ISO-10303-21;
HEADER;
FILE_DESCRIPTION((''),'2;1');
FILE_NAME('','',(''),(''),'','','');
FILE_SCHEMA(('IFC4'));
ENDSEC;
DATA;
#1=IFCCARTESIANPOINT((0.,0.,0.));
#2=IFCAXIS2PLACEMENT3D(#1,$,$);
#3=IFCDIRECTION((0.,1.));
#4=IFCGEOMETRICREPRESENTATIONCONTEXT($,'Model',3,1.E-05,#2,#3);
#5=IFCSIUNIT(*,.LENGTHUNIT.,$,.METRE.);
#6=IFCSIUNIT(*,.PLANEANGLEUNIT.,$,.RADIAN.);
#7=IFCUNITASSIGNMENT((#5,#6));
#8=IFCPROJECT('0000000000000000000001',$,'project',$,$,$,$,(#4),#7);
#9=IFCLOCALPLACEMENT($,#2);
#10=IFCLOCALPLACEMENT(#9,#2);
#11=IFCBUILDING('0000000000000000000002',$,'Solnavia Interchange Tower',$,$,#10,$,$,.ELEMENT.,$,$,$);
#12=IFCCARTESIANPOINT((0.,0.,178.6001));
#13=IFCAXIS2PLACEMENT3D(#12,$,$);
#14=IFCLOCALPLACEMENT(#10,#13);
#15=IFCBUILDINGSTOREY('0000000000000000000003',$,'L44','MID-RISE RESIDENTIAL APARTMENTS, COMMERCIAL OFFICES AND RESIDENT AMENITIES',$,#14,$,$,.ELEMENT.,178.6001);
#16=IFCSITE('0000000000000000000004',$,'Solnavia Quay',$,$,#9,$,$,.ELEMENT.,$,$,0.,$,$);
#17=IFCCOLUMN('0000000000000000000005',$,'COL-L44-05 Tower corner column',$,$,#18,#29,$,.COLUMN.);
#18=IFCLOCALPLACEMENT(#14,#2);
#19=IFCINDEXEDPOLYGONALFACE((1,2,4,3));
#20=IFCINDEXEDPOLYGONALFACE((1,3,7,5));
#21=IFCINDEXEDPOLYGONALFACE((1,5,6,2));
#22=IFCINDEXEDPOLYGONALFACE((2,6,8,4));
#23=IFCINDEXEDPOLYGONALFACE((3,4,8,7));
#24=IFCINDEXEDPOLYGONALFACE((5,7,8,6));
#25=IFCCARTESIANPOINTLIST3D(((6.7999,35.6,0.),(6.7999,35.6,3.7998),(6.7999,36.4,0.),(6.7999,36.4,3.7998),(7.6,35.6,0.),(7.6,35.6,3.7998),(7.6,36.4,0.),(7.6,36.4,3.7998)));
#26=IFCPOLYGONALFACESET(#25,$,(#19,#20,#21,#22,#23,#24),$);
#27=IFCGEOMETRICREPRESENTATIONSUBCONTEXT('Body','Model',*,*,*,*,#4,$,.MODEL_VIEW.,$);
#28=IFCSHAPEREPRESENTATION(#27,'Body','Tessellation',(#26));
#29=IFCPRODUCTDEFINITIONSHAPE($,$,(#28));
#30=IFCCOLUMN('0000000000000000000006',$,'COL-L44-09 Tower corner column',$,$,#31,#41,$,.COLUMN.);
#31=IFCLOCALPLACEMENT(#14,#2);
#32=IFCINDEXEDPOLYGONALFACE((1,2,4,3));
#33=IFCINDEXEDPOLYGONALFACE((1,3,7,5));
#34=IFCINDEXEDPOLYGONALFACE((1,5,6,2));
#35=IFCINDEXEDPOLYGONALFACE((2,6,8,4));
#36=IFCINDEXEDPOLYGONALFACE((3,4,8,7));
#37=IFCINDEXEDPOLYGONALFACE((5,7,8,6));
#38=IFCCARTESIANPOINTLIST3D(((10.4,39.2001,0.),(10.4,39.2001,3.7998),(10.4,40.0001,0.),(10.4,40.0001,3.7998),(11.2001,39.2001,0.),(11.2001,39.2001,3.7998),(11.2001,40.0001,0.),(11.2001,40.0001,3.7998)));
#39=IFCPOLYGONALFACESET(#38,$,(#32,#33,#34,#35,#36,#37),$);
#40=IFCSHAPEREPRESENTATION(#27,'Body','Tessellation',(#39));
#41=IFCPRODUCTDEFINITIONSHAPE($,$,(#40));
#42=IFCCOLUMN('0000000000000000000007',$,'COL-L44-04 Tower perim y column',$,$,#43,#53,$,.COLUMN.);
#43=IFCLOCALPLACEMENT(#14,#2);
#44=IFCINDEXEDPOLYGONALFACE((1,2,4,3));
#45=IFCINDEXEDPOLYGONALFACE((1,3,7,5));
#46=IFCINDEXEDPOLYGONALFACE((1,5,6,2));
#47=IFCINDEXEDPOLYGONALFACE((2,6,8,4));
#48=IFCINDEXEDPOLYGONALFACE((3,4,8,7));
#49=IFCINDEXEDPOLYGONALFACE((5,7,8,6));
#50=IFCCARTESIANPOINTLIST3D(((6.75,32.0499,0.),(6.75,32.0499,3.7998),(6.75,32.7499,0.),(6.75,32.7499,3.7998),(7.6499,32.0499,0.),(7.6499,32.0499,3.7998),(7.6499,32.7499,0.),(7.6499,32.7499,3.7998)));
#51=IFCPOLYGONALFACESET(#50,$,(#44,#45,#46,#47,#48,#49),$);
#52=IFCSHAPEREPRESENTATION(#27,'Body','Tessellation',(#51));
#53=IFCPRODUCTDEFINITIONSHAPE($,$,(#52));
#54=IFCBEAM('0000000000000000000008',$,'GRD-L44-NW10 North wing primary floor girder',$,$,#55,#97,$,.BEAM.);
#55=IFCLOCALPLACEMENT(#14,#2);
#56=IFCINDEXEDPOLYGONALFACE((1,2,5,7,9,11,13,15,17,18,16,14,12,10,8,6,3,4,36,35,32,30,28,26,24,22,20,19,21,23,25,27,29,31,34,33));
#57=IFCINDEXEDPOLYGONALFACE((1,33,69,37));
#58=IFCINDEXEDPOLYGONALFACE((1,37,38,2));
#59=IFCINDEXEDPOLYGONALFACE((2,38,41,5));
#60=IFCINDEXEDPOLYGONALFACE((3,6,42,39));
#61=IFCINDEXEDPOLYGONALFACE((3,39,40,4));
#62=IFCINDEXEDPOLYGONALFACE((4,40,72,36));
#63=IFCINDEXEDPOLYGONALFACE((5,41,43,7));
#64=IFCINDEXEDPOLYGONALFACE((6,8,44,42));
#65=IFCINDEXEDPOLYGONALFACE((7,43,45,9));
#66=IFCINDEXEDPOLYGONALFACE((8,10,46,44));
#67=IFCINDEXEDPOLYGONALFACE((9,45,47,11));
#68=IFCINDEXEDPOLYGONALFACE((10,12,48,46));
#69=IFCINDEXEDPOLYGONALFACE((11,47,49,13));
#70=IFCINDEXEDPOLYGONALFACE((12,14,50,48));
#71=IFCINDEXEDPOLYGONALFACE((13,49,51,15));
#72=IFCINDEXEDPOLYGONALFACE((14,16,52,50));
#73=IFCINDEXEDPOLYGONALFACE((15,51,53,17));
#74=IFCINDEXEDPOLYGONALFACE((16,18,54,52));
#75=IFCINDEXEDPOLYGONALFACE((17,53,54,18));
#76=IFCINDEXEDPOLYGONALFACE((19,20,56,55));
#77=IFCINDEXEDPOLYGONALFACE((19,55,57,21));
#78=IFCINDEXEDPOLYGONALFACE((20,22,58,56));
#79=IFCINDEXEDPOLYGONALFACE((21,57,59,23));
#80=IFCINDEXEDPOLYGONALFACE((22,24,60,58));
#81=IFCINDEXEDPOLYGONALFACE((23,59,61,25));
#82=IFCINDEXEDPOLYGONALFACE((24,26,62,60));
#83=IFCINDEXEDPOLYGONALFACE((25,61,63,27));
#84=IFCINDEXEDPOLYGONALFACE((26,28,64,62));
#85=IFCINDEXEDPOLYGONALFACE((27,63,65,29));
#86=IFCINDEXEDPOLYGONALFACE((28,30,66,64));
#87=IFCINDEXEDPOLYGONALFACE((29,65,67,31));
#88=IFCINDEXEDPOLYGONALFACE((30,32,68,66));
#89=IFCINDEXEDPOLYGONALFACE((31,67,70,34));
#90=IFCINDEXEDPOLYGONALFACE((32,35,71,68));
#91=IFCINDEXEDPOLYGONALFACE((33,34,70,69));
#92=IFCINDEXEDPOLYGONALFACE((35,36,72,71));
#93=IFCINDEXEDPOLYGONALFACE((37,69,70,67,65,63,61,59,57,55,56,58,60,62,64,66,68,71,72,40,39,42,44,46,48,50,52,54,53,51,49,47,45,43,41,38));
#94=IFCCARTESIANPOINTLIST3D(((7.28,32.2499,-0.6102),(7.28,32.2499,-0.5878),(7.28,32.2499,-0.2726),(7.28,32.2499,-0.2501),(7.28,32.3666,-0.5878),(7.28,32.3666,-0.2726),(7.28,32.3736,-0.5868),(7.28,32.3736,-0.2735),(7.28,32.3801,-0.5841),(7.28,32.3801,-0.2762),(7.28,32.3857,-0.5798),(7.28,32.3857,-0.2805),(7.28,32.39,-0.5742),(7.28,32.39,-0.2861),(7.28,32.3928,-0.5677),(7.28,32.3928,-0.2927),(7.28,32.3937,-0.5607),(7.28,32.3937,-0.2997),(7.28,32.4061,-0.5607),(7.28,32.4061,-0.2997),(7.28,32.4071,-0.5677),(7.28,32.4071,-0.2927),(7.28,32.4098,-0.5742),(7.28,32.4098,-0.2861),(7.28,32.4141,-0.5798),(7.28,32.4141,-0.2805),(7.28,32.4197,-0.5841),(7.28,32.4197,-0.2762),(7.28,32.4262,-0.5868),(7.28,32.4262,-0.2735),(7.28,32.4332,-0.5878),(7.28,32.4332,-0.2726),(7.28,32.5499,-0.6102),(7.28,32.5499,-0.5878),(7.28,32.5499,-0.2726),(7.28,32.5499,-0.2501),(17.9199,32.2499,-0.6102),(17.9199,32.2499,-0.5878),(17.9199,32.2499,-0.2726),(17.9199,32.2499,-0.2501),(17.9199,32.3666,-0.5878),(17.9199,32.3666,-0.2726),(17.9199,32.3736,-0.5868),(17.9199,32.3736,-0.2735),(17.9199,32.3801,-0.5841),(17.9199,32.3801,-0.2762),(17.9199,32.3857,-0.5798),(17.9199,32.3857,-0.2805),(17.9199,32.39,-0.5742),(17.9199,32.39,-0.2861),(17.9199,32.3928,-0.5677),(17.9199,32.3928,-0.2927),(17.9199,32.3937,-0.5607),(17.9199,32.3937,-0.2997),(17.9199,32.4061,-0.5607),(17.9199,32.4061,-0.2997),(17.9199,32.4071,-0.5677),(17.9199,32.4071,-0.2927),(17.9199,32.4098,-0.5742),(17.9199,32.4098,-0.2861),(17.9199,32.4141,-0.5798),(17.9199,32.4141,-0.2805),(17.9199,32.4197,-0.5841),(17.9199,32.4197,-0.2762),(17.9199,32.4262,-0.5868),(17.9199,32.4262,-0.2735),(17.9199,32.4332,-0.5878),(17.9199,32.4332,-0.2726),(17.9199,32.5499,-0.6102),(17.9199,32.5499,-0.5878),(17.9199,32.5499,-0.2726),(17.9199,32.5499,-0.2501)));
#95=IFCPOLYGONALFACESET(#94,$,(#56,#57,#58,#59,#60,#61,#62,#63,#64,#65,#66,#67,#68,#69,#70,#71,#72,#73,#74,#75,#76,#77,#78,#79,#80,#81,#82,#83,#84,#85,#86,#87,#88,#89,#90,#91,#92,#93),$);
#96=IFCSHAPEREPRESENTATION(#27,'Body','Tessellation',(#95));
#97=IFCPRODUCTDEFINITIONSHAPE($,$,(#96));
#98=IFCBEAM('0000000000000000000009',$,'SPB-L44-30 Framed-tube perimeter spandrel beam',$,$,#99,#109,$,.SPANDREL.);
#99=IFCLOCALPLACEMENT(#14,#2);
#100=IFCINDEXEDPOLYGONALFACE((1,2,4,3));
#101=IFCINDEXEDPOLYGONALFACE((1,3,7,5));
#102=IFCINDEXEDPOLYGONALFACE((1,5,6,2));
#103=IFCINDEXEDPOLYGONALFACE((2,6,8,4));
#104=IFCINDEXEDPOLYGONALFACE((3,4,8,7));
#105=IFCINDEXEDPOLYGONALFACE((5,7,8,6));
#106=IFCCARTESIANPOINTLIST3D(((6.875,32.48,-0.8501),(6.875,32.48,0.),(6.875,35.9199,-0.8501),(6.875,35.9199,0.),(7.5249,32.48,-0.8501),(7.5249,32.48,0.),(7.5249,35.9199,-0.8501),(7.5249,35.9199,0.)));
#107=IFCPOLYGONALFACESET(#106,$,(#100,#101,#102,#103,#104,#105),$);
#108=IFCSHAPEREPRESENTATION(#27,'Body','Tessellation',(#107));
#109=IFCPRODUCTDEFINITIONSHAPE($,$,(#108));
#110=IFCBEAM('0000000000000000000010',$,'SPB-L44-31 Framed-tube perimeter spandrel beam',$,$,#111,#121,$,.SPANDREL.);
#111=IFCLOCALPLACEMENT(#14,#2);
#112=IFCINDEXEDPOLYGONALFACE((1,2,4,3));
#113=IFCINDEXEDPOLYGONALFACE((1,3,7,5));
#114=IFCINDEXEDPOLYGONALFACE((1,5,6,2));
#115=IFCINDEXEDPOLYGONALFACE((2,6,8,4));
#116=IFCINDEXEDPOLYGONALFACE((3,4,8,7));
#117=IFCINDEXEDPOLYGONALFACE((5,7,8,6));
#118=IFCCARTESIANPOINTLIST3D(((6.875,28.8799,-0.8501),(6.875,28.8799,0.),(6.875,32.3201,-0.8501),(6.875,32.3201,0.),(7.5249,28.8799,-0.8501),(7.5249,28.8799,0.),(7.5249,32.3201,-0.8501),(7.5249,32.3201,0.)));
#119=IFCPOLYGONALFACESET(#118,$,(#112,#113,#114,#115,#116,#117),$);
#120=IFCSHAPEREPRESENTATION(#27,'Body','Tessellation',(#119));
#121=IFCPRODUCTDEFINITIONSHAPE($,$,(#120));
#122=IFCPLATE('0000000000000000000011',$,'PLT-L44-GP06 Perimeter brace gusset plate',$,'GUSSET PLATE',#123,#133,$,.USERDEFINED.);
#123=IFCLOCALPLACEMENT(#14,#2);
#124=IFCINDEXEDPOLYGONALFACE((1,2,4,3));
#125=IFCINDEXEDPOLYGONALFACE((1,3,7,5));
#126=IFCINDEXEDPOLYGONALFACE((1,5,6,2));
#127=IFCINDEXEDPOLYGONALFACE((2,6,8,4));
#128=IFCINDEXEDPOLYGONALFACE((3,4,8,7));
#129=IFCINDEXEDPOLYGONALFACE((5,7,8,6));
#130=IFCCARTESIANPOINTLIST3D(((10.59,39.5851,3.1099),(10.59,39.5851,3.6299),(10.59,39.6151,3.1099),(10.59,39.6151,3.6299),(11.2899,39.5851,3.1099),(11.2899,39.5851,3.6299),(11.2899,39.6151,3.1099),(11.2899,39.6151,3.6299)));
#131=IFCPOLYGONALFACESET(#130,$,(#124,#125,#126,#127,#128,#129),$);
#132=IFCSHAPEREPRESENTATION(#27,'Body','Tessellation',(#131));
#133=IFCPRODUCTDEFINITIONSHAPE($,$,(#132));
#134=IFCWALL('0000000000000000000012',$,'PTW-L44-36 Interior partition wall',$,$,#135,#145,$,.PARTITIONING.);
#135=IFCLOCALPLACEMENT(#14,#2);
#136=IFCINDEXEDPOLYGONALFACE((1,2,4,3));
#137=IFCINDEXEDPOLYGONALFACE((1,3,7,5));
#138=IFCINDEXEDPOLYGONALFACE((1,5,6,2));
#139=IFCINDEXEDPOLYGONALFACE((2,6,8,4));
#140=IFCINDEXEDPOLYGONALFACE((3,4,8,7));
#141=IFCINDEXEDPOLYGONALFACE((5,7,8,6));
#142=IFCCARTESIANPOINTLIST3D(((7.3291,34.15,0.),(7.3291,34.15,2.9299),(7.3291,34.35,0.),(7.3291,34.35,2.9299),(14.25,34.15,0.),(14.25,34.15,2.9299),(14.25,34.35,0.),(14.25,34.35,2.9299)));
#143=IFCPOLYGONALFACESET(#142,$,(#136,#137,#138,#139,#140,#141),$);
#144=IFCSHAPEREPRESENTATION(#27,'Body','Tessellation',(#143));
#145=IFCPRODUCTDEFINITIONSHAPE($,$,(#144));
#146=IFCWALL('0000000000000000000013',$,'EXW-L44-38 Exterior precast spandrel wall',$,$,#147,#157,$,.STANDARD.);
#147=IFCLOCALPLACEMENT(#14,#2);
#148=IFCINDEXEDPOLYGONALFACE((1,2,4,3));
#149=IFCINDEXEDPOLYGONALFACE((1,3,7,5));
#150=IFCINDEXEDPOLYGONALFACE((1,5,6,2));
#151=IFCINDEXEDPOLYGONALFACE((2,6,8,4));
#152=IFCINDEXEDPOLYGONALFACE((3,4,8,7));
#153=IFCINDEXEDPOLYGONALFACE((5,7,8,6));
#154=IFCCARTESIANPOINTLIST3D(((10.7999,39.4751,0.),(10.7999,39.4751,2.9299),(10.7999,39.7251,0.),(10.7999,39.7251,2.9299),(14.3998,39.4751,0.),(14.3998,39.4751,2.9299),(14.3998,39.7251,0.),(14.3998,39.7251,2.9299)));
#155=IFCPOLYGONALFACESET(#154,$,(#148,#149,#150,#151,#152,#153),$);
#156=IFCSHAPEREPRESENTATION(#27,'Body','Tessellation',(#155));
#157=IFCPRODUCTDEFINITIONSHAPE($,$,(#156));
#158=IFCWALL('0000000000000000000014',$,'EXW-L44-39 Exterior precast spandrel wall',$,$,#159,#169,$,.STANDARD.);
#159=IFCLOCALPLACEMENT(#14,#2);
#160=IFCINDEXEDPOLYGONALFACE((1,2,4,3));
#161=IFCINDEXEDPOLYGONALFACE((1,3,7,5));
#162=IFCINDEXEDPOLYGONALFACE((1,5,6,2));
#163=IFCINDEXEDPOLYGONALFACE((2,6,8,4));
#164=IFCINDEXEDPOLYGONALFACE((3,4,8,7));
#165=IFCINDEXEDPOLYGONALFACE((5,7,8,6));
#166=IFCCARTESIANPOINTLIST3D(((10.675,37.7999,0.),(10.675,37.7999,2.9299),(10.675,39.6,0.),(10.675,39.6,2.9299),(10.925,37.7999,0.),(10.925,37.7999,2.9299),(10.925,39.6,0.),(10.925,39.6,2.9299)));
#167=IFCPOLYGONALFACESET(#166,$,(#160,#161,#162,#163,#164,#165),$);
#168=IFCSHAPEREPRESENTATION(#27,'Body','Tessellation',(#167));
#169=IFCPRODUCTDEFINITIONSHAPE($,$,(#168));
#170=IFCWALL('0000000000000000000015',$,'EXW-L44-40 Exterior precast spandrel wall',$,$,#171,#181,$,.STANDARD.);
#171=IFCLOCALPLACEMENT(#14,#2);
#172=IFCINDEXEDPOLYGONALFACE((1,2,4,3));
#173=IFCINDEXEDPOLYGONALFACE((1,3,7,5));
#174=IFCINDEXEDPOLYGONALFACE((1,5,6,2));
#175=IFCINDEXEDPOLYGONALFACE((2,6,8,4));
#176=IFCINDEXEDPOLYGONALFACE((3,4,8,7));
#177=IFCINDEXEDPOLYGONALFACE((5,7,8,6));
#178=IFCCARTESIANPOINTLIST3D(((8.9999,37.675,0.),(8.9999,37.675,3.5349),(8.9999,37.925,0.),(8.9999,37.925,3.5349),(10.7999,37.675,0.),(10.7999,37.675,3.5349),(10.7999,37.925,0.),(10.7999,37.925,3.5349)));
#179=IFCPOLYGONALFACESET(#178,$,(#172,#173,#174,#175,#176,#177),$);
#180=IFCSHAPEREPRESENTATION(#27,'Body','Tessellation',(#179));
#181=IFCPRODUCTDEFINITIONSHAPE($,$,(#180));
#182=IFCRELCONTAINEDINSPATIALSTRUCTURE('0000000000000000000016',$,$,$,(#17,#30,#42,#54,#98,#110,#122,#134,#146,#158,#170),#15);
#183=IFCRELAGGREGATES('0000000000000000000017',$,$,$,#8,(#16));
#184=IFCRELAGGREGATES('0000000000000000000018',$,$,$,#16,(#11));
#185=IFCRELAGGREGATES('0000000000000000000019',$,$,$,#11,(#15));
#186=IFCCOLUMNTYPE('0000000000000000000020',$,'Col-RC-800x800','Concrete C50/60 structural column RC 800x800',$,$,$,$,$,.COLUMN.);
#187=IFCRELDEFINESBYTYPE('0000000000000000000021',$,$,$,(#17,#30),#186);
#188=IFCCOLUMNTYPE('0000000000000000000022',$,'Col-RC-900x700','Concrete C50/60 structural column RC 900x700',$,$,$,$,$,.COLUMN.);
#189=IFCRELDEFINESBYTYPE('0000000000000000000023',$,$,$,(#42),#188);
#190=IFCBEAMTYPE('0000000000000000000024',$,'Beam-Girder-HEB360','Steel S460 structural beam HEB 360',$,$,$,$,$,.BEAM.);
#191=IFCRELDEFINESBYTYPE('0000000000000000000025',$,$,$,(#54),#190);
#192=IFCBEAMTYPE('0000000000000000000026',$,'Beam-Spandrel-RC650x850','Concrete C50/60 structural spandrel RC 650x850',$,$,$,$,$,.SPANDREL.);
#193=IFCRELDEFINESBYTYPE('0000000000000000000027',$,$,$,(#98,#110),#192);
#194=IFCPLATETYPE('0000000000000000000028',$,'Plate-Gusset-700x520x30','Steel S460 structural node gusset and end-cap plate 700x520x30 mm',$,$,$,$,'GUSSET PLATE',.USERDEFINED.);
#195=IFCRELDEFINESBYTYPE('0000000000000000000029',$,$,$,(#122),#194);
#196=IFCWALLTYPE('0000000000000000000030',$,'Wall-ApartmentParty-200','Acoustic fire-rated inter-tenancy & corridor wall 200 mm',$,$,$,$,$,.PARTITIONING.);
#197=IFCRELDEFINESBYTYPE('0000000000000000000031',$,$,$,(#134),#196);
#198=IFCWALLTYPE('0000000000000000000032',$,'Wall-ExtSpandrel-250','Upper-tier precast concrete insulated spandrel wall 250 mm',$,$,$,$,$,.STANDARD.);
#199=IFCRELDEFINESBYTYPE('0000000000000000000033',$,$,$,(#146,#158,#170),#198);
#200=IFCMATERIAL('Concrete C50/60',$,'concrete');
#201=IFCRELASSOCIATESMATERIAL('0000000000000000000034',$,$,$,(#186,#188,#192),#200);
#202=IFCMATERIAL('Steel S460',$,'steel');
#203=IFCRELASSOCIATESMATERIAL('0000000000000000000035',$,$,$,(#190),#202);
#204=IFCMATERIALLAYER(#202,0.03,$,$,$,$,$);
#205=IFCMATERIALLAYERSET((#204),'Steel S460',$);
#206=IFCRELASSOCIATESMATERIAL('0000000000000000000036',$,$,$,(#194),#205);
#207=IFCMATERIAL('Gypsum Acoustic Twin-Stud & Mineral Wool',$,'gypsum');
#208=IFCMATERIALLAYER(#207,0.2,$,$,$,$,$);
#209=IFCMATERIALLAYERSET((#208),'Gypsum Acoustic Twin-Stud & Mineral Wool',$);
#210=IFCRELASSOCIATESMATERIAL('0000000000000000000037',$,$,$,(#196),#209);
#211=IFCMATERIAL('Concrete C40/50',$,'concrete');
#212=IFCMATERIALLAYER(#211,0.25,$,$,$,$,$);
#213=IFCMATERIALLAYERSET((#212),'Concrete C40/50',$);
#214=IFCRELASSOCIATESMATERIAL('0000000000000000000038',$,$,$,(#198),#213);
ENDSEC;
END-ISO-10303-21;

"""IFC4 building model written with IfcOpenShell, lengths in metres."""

from ifc_helpers import new_model, si_unit, direction, frame, frame_2d, origin, origin_2d, place, context, subcontext, project, spatial, rectangle, i_section, extrude, material, layer, layer_set, material_profile, profile_set, type_object, element, save


model = new_model("IFC4")

# Units and contexts
model_context = context("Model", 3, precision=1e-05, world=origin(), true_north=direction((0.0, 1.0)))
body_context = subcontext(model_context, "Body", "Model", "MODEL_VIEW")
ifc_project = project(units=[si_unit("LENGTHUNIT", "METRE"), si_unit("PLANEANGLEUNIT", "RADIAN")], contexts=[model_context])

# Site, building, storey
site_placement = place(None, origin())
site = spatial("IfcSite", under=ifc_project, at=site_placement, Name="Solnavia Quay", CompositionType="ELEMENT", RefElevation=0.0)
building_placement = place(site_placement, origin())
building = spatial("IfcBuilding", under=site, at=building_placement, Name="Solnavia Interchange Tower", CompositionType="ELEMENT")
storey_placement = place(building_placement, frame((0.0, 0.0, 178.6001)))
storey = spatial("IfcBuildingStorey", under=building, at=storey_placement, Name="L44", Description="MID-RISE RESIDENTIAL APARTMENTS, COMMERCIAL OFFICES AND RESIDENT AMENITIES", CompositionType="ELEMENT", Elevation=178.6001)

# Columns
ifc_material_1 = material(Name="Concrete C50/60", Category="concrete")
ifc_material_profile_1 = material_profile(ifc_material_1, rectangle(XDim=0.8, YDim=0.8, at=origin_2d()), Name="RC 800x800")
ifc_profile_set_1 = profile_set([ifc_material_profile_1], Name="Concrete C50/60")
column_type_1 = type_object("IfcColumnType", Name="Col-RC-800x800", Description="Concrete C50/60 structural column RC 800x800", PredefinedType="COLUMN", material=ifc_profile_set_1)
for number, where, z_axis, x_axis, name in (
    (1, (7.2, 36.0, 0.0), (0.0, 0.0, 1.0), (0.0, 1.0, 0.0), "COL-L44-05 Tower corner column"),
    (2, (10.8, 39.6001, 0.0), (0.0, 0.0, 1.0), (1.0, 0.0, 0.0), "COL-L44-09 Tower corner column"),
):
    element("IfcColumn", number, at=place(storey_placement, frame(where, z_axis=z_axis, x_axis=x_axis)), inside=storey, type_object=column_type_1, Name=name, PredefinedType="COLUMN", context=body_context, shape_type="SweptSolid", body=[
        extrude(rectangle(XDim=0.8, YDim=0.8, at=origin_2d()), origin(), (0.0, 0.0, 1.0), 3.7998),
    ])
ifc_material_profile_2 = material_profile(ifc_material_1, rectangle(XDim=0.7, YDim=0.8999, at=origin_2d()), Name="RC 900x700")
ifc_profile_set_2 = profile_set([ifc_material_profile_2], Name="Concrete C50/60")
column_type_2 = type_object("IfcColumnType", Name="Col-RC-900x700", Description="Concrete C50/60 structural column RC 900x700", PredefinedType="COLUMN", material=ifc_profile_set_2)
column_placement = place(storey_placement, frame((7.2, 32.3999, 0.0), z_axis=(0.0, 0.0, 1.0), x_axis=(0.0, 1.0, 0.0)))
element("IfcColumn", 3, at=column_placement, inside=storey, type_object=column_type_2, Name="COL-L44-04 Tower perim y column", PredefinedType="COLUMN", context=body_context, shape_type="SweptSolid", body=[
    extrude(rectangle(XDim=0.7, YDim=0.8999, at=origin_2d()), origin(), (0.0, 0.0, 1.0), 3.7998),
])

# Beams
ifc_material_2 = material(Name="Steel S460", Category="steel")
ifc_material_profile_3 = material_profile(ifc_material_2, i_section(OverallWidth=0.3, OverallDepth=0.3601, WebThickness=0.0125, FlangeThickness=0.0225, FilletRadius=0.0271, at=origin_2d()), Name="HEB 360")
ifc_profile_set_3 = profile_set([ifc_material_profile_3], Name="Steel S460")
beam_type_1 = type_object("IfcBeamType", Name="Beam-Girder-HEB360", Description="Steel S460 structural beam HEB 360", PredefinedType="BEAM", material=ifc_profile_set_3)
beam_1_placement = place(storey_placement, frame((7.28, 32.3999, -0.4302), z_axis=(1.0, 0.0, 0.0), x_axis=(0.0, 1.0, 0.0)))
element("IfcBeam", 4, at=beam_1_placement, inside=storey, type_object=beam_type_1, Name="GRD-L44-NW10 North wing primary floor girder", PredefinedType="BEAM", context=body_context, shape_type="SweptSolid", body=[
    extrude(i_section(OverallWidth=0.3, OverallDepth=0.3601, WebThickness=0.0125, FlangeThickness=0.0225, FilletRadius=0.0271, at=origin_2d()), origin(), (0.0, 0.0, 1.0), 10.6399),
])
ifc_material_profile_4 = material_profile(ifc_material_1, rectangle(XDim=0.6499, YDim=0.8501, at=origin_2d()), Name="RC 650x850")
ifc_profile_set_4 = profile_set([ifc_material_profile_4], Name="Concrete C50/60")
beam_type_2 = type_object("IfcBeamType", Name="Beam-Spandrel-RC650x850", Description="Concrete C50/60 structural spandrel RC 650x850", PredefinedType="SPANDREL", material=ifc_profile_set_4)
beam_2_placement = place(storey_placement, frame((7.2, 35.9199, -0.425), z_axis=(0.0, -1.0, 0.0), x_axis=(1.0, 0.0, 0.0)))
element("IfcBeam", 5, at=beam_2_placement, inside=storey, type_object=beam_type_2, Name="SPB-L44-30 Framed-tube perimeter spandrel beam", PredefinedType="SPANDREL", context=body_context, shape_type="SweptSolid", body=[
    extrude(rectangle(XDim=0.6499, YDim=0.8501, at=origin_2d()), origin(), (0.0, 0.0, 1.0), 3.4399),
])
beam_3_placement = place(storey_placement, frame((7.2, 32.3201, -0.425), z_axis=(0.0, -1.0, 0.0), x_axis=(1.0, 0.0, 0.0)))
element("IfcBeam", 6, at=beam_3_placement, inside=storey, type_object=beam_type_2, Name="SPB-L44-31 Framed-tube perimeter spandrel beam", PredefinedType="SPANDREL", context=body_context, shape_type="SweptSolid", body=[
    extrude(rectangle(XDim=0.6499, YDim=0.8501, at=origin_2d()), origin(), (0.0, 0.0, 1.0), 3.4402),
])

# Plate
ifc_layer_1 = layer(ifc_material_2, 0.03)
ifc_layer_set_1 = layer_set([ifc_layer_1], Name="Steel S460")
plate_type = type_object("IfcPlateType", Name="Plate-Gusset-700x520x30", Description="Steel S460 structural node gusset and end-cap plate 700x520x30 mm", ElementType="GUSSET PLATE", PredefinedType="USERDEFINED", material=ifc_layer_set_1)
plate_placement = place(storey_placement, frame((10.9399, 39.6001, 3.1099), z_axis=(0.0, 0.0, 1.0), x_axis=(-1.0, 0.0, 0.0)))
element("IfcPlate", 7, at=plate_placement, inside=storey, type_object=plate_type, Name="PLT-L44-GP06 Perimeter brace gusset plate", ObjectType="GUSSET PLATE", PredefinedType="USERDEFINED", context=body_context, shape_type="SweptSolid", body=[
    extrude(rectangle(XDim=0.7, YDim=0.03, at=origin_2d()), origin(), (0.0, 0.0, 1.0), 0.52),
])

# Walls
ifc_material_3 = material(Name="Gypsum Acoustic Twin-Stud & Mineral Wool", Category="gypsum")
ifc_layer_2 = layer(ifc_material_3, 0.2)
ifc_layer_set_2 = layer_set([ifc_layer_2], Name="Gypsum Acoustic Twin-Stud & Mineral Wool")
wall_type_1 = type_object("IfcWallType", Name="Wall-ApartmentParty-200", Description="Acoustic fire-rated inter-tenancy & corridor wall 200 mm", PredefinedType="PARTITIONING", material=ifc_layer_set_2)
wall_1_placement = place(storey_placement, frame((7.3291, 34.25, 0.0), z_axis=(0.0, 0.0, 1.0), x_axis=(1.0, 0.0, 0.0)))
element("IfcWall", 8, at=wall_1_placement, inside=storey, type_object=wall_type_1, Name="PTW-L44-36 Interior partition wall", PredefinedType="PARTITIONING", context=body_context, shape_type="SweptSolid", body=[
    extrude(rectangle(XDim=6.9209, YDim=0.2, at=frame_2d((3.4604, 0.0))), origin(), (0.0, 0.0, 1.0), 2.9299),
])
ifc_material_4 = material(Name="Concrete C40/50", Category="concrete")
ifc_layer_3 = layer(ifc_material_4, 0.25)
ifc_layer_set_3 = layer_set([ifc_layer_3], Name="Concrete C40/50")
wall_type_2 = type_object("IfcWallType", Name="Wall-ExtSpandrel-250", Description="Upper-tier precast concrete insulated spandrel wall 250 mm", PredefinedType="STANDARD", material=ifc_layer_set_3)
wall_2_placement = place(storey_placement, frame((10.8, 39.6001, 0.0), z_axis=(0.0, 0.0, 1.0), x_axis=(1.0, 0.0, 0.0)))
element("IfcWall", 9, at=wall_2_placement, inside=storey, type_object=wall_type_2, Name="EXW-L44-38 Exterior precast spandrel wall", PredefinedType="STANDARD", context=body_context, shape_type="SweptSolid", body=[
    extrude(rectangle(XDim=3.5999, YDim=0.25, at=frame_2d((1.7998, 0.0))), origin(), (0.0, 0.0, 1.0), 2.9299),
])
wall_3_placement = place(storey_placement, frame((10.8, 37.8, 0.0), z_axis=(0.0, 0.0, 1.0), x_axis=(0.0, 1.0, 0.0)))
element("IfcWall", 10, at=wall_3_placement, inside=storey, type_object=wall_type_2, Name="EXW-L44-39 Exterior precast spandrel wall", PredefinedType="STANDARD", context=body_context, shape_type="SweptSolid", body=[
    extrude(rectangle(XDim=1.8, YDim=0.25, at=frame_2d((0.8999, 0.0))), origin(), (0.0, 0.0, 1.0), 2.9299),
])
for number, where, z_axis, x_axis, name in (
    (11, (9.0, 37.8, 0.0), (0.0, 0.0, 1.0), (1.0, 0.0, 0.0), "EXW-L44-40 Exterior precast spandrel wall"),
):
    element("IfcWall", number, at=place(storey_placement, frame(where, z_axis=z_axis, x_axis=x_axis)), inside=storey, type_object=wall_type_2, Name=name, PredefinedType="STANDARD", context=body_context, shape_type="SweptSolid", body=[
        extrude(rectangle(XDim=1.8, YDim=0.25, at=frame_2d((0.8999, 0.0))), origin(), (0.0, 0.0, 1.0), 3.5349),
    ])

save(model, "model.ifc")
